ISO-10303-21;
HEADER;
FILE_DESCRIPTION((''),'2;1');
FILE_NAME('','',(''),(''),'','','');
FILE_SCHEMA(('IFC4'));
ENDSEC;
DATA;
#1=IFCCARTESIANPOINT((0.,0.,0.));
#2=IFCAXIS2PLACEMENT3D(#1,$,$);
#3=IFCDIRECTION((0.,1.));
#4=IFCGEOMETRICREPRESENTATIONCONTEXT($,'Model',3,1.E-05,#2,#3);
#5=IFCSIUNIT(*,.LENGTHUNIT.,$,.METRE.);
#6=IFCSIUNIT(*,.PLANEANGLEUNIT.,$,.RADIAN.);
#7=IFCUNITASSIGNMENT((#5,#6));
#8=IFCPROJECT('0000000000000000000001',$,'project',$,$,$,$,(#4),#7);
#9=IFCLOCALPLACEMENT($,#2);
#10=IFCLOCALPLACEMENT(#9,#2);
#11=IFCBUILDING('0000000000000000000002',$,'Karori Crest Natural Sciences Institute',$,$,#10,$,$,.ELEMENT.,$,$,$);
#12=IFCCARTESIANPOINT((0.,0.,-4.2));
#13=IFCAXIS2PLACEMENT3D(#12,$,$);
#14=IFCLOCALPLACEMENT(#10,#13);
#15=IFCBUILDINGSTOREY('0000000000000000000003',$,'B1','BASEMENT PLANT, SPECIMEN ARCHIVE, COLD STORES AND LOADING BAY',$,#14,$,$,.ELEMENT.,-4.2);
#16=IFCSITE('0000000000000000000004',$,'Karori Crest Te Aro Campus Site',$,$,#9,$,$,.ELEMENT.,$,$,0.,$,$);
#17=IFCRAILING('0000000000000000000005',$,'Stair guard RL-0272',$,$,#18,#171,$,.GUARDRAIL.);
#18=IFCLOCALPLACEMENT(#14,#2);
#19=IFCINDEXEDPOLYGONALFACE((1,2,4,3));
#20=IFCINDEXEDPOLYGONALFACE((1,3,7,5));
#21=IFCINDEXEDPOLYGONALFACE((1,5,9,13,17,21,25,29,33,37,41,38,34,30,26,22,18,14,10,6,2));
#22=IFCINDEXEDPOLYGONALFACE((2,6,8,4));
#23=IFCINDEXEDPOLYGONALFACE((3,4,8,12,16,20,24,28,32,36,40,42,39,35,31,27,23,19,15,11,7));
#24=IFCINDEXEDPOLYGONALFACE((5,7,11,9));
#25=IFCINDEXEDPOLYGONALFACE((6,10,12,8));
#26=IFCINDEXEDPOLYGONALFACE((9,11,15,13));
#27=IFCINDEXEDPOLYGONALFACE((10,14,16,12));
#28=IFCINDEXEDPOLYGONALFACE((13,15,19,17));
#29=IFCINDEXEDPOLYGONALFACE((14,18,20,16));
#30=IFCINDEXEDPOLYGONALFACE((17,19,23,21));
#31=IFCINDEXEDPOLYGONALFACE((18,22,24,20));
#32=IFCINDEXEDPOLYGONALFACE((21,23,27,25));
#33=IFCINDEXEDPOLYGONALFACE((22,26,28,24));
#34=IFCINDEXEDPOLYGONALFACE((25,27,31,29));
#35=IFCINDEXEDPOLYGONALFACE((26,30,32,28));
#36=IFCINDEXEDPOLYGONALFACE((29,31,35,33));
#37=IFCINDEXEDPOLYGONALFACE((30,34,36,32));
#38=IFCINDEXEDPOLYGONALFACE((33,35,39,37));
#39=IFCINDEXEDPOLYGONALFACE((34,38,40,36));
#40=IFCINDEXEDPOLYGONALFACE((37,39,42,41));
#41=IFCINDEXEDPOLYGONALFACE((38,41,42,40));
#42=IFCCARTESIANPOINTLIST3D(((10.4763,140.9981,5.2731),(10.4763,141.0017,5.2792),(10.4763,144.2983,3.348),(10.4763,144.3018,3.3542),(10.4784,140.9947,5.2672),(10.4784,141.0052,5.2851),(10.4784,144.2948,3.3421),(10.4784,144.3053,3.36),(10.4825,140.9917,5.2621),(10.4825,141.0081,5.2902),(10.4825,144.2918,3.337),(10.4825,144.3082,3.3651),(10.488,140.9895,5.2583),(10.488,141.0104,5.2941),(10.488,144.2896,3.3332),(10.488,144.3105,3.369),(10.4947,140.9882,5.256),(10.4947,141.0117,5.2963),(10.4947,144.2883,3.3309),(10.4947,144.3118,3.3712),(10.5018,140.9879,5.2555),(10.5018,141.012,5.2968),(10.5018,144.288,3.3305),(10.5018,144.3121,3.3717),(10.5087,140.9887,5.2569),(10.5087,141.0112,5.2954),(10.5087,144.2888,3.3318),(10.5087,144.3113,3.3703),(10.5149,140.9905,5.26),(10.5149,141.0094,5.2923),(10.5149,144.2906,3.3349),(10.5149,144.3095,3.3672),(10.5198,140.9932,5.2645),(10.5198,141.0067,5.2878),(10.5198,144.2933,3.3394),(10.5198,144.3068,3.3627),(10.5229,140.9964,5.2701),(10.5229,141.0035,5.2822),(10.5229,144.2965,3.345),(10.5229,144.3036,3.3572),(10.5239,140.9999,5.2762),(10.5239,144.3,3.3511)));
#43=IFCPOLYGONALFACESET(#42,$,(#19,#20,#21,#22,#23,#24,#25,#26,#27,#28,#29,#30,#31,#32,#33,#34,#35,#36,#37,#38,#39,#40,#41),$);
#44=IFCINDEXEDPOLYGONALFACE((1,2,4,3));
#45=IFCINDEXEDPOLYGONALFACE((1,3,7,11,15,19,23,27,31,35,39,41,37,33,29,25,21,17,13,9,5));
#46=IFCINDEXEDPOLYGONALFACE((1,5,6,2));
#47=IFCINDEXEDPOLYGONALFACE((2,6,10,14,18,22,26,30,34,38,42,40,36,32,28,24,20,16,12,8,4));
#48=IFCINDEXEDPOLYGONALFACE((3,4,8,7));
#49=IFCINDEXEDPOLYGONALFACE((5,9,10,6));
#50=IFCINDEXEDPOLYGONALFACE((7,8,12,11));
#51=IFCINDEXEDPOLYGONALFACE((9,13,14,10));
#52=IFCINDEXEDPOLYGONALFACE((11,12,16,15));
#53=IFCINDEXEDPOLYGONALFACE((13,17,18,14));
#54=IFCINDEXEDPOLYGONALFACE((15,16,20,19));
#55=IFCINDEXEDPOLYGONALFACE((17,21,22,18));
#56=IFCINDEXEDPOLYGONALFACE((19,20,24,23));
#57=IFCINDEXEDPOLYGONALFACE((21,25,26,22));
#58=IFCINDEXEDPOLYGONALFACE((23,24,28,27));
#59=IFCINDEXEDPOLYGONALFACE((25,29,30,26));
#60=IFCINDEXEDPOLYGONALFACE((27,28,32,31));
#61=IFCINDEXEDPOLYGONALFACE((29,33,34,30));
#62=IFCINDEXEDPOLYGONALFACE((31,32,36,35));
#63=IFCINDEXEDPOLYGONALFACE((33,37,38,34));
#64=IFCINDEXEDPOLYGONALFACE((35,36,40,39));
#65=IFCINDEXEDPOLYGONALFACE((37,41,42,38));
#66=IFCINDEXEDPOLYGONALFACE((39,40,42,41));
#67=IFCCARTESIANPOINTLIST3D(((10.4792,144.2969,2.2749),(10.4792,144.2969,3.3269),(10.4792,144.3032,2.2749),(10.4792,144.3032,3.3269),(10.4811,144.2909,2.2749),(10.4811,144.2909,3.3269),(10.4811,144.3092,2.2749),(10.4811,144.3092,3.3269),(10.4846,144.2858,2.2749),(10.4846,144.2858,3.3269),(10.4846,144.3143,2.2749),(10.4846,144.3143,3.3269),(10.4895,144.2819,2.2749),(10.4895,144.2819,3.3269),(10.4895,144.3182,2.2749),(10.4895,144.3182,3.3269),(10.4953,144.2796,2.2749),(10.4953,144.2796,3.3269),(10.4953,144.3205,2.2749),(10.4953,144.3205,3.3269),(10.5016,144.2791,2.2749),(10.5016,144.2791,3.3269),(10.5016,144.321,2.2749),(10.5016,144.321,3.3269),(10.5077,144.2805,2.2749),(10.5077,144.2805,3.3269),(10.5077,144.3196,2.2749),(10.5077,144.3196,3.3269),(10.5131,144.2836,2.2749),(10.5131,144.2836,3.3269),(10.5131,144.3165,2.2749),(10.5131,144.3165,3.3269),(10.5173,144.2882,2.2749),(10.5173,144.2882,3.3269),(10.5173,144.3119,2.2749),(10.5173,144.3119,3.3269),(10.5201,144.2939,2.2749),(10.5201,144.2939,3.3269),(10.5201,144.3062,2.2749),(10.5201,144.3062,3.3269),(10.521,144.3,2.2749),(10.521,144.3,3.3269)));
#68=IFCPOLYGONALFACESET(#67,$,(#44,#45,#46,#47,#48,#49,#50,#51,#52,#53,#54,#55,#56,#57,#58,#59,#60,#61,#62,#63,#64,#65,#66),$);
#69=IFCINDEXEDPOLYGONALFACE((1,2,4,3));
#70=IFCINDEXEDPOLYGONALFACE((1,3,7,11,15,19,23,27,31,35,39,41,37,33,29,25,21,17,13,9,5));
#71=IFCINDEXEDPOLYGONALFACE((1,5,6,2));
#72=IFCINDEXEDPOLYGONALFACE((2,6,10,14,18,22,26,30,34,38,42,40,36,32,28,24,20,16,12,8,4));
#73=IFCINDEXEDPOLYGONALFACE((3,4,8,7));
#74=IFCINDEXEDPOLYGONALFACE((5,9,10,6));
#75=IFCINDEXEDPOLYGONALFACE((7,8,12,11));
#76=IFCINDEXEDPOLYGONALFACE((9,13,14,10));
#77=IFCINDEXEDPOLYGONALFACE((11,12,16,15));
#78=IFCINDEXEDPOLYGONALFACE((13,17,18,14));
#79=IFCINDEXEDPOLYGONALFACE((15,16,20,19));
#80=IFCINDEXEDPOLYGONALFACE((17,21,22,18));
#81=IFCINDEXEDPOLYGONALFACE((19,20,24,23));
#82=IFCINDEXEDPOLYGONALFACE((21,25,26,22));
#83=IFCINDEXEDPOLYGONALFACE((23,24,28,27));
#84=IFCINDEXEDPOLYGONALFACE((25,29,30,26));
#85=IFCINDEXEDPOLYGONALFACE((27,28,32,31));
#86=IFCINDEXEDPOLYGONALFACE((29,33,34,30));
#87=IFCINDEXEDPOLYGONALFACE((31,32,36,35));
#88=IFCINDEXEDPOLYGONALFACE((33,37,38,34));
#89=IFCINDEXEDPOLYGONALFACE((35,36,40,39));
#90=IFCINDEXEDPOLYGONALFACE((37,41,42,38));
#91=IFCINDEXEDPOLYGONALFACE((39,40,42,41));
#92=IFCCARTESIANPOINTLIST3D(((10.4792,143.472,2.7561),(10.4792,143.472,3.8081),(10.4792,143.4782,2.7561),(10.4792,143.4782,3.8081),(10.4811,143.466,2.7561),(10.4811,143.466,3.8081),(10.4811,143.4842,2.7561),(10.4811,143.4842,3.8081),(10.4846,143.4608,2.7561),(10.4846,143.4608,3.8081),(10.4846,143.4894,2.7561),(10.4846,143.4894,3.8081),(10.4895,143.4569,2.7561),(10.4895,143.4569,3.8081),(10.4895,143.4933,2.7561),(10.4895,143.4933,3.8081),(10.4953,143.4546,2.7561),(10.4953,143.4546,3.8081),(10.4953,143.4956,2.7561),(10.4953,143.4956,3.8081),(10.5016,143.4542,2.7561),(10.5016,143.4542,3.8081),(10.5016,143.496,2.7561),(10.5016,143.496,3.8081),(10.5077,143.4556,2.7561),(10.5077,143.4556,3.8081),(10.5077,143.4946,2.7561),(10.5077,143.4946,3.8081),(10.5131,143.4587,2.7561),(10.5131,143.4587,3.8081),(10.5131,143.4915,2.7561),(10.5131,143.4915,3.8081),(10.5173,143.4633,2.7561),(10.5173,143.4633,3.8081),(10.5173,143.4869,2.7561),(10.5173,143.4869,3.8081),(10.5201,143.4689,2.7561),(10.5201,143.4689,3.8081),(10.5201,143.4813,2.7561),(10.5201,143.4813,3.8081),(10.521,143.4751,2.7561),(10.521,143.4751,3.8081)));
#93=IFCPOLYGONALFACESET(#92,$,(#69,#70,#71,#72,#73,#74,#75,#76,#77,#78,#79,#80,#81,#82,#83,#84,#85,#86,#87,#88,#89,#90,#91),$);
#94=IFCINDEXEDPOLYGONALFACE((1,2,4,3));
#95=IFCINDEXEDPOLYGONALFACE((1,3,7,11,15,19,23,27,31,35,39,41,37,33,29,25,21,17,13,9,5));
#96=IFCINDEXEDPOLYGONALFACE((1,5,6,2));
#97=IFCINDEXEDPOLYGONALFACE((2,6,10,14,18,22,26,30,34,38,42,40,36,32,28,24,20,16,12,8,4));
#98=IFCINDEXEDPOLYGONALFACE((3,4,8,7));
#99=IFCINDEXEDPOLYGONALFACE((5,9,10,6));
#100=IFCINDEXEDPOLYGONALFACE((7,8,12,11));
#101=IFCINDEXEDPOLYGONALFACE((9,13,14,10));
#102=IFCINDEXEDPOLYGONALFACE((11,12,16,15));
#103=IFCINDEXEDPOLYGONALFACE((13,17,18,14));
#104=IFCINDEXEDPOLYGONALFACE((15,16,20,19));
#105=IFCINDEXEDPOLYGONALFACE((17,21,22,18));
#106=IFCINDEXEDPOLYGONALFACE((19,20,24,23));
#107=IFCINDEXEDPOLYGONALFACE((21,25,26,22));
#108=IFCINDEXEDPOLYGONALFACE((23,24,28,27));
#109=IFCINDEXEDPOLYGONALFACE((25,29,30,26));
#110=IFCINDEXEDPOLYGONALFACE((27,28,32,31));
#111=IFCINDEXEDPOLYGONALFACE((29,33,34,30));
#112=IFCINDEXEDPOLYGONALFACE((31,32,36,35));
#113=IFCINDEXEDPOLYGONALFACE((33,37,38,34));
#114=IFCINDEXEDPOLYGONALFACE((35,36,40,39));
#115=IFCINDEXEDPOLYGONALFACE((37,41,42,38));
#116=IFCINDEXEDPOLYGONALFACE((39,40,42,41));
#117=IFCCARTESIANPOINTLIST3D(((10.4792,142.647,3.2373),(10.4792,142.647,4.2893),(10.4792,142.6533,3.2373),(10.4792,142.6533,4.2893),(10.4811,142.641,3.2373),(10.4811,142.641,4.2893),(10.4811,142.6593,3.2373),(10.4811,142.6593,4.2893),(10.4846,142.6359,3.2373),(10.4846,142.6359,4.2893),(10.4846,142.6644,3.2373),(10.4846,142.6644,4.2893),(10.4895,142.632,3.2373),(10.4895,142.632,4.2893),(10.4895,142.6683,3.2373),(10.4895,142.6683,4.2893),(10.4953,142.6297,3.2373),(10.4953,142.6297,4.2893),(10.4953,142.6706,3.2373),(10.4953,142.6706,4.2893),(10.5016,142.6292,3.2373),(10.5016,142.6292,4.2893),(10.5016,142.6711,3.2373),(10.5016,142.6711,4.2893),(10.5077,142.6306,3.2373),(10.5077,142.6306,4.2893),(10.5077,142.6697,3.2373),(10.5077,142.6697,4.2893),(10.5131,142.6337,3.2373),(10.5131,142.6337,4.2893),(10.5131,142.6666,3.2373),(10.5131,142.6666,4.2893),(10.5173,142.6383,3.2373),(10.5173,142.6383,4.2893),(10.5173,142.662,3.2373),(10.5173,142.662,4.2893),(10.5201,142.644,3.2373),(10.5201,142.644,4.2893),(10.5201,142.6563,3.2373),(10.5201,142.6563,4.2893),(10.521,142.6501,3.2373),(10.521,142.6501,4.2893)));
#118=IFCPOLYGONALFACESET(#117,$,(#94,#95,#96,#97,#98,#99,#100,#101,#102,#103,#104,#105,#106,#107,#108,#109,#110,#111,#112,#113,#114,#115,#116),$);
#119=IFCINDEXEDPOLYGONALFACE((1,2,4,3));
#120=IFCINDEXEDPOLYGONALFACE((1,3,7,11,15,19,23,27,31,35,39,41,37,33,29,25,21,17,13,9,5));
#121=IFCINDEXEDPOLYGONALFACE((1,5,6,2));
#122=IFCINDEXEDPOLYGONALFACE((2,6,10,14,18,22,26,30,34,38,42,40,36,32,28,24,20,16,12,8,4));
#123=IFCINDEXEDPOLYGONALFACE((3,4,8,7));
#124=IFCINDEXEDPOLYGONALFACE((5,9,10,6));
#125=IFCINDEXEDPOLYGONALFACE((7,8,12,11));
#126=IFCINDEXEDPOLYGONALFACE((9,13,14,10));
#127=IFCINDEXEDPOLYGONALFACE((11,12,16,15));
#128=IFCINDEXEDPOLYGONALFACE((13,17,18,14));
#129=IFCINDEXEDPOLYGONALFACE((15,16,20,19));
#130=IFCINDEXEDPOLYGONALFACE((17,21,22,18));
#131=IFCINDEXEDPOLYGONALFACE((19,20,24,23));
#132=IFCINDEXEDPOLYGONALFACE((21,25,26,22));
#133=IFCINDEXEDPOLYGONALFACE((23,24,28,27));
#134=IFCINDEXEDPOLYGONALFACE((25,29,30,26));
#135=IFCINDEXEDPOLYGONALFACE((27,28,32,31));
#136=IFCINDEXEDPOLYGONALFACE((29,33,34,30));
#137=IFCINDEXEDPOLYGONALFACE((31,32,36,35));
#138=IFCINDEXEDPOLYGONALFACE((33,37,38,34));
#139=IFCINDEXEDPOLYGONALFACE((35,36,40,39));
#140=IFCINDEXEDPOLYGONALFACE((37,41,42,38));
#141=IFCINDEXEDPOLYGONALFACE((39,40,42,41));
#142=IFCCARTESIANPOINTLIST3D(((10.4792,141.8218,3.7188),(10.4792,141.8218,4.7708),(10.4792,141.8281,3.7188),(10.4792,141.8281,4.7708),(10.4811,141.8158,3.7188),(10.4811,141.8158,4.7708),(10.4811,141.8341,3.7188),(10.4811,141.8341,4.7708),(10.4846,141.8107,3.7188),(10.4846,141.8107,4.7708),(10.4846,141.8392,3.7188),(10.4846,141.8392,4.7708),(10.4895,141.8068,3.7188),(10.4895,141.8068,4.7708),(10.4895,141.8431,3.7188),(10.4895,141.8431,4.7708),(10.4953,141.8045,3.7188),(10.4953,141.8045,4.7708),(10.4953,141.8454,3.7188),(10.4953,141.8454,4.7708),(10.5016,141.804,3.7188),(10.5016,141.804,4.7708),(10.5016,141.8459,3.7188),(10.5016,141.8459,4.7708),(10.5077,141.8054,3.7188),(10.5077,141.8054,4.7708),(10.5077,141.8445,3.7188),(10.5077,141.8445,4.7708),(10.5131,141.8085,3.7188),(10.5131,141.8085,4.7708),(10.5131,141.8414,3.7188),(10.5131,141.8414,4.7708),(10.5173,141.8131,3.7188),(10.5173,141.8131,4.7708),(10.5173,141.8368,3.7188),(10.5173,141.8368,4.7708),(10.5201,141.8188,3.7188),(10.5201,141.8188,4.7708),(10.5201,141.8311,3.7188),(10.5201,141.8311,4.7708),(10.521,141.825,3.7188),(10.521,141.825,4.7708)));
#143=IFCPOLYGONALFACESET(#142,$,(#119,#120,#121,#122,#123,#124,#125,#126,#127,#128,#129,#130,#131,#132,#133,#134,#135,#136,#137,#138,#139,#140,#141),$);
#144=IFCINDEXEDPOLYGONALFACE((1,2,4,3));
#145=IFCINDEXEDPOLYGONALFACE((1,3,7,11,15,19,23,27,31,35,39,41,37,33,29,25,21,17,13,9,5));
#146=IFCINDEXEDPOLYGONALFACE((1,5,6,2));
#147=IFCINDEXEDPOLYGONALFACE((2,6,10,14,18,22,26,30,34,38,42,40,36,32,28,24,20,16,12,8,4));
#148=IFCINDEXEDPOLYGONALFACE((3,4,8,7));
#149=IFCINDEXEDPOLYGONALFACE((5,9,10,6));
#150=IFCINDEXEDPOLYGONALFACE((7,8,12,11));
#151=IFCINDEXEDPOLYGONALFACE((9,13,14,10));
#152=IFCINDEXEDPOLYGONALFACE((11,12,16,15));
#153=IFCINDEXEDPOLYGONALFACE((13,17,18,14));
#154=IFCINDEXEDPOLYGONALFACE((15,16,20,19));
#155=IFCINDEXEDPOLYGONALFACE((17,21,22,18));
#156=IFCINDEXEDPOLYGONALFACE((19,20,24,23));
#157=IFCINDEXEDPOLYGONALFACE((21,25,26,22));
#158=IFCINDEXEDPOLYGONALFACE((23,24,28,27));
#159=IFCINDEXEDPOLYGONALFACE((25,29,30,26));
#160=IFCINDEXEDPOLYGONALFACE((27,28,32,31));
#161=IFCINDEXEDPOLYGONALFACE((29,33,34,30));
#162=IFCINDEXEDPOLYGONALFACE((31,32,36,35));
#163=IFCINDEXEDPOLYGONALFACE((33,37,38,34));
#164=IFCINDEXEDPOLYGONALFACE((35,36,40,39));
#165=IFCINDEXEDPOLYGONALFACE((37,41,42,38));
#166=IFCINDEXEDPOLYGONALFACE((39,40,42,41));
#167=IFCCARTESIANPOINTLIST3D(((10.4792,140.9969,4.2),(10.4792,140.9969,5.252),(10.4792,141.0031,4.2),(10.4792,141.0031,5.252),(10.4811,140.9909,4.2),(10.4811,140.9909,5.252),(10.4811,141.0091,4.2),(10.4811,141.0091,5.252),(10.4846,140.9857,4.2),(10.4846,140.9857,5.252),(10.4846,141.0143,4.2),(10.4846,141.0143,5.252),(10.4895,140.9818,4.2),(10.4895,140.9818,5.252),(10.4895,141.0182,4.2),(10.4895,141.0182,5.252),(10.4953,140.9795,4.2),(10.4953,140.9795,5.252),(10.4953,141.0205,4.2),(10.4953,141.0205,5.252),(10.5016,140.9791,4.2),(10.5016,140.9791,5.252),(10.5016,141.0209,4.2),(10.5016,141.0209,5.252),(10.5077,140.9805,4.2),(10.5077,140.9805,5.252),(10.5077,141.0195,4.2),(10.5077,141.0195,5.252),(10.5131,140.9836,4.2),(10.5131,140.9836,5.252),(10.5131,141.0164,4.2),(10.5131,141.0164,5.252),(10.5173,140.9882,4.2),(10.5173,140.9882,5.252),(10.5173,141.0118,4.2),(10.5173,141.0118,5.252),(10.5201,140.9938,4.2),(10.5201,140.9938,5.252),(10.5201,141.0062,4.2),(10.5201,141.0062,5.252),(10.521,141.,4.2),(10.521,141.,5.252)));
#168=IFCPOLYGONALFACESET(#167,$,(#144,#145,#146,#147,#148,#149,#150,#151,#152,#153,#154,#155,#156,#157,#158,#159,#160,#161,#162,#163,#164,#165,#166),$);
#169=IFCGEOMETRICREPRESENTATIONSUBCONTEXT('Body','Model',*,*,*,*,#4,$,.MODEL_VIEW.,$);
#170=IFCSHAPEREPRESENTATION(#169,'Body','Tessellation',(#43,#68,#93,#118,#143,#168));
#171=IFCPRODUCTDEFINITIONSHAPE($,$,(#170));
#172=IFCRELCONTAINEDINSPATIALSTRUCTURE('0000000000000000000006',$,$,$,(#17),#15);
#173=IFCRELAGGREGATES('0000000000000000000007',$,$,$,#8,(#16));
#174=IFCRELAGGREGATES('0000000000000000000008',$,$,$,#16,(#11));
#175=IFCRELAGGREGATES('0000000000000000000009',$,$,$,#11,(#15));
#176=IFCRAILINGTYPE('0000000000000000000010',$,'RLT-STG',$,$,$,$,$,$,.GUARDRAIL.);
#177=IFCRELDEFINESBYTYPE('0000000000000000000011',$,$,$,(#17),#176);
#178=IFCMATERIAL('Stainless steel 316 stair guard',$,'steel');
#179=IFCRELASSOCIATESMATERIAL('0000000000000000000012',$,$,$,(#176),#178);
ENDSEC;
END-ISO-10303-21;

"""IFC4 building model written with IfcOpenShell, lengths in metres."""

from ifc_helpers import new_model, si_unit, direction, frame, origin, origin_2d, place, context, subcontext, project, spatial, circle, extrude, material, type_object, element, save


model = new_model("IFC4")

# Units and contexts
model_context = context("Model", 3, precision=1e-05, world=origin(), true_north=direction((0.0, 1.0)))
body_context = subcontext(model_context, "Body", "Model", "MODEL_VIEW")
ifc_project = project(units=[si_unit("LENGTHUNIT", "METRE"), si_unit("PLANEANGLEUNIT", "RADIAN")], contexts=[model_context])

# Site, building, storey
site_placement = place(None, origin())
site = spatial("IfcSite", under=ifc_project, at=site_placement, Name="Karori Crest Te Aro Campus Site", CompositionType="ELEMENT", RefElevation=0.0)
building_placement = place(site_placement, origin())
building = spatial("IfcBuilding", under=site, at=building_placement, Name="Karori Crest Natural Sciences Institute", CompositionType="ELEMENT")
storey_placement = place(building_placement, frame((0.0, 0.0, -4.2)))
storey = spatial("IfcBuildingStorey", under=building, at=storey_placement, Name="B1", Description="BASEMENT PLANT, SPECIMEN ARCHIVE, COLD STORES AND LOADING BAY", CompositionType="ELEMENT", Elevation=-4.2)

# Railing
ifc_material_1 = material(Name="Stainless steel 316 stair guard", Category="steel")
railing_type_1 = type_object("IfcRailingType", Name="RLT-STG", PredefinedType="GUARDRAIL", material=ifc_material_1)
railing_1_placement = place(storey_placement, frame((10.5, 144.3, 2.2749)))
element("IfcRailing", 1, at=railing_1_placement, inside=storey, type_object=railing_type_1, Name="Stair guard RL-0272", PredefinedType="GUARDRAIL", context=body_context, shape_type="SweptSolid", body=[
    extrude(circle(Radius=0.0239, at=origin_2d()), frame((0.0, 0.0, 1.0762), z_axis=(0.0, -0.863777, 0.503875), x_axis=(1.0, 0.0, 0.0)), (0.0, 0.0, 1.0), 3.8206),
    extrude(circle(Radius=0.021, at=origin_2d()), origin(), (0.0, 0.0, 1.0), 1.052),
    extrude(circle(Radius=0.021, at=origin_2d()), frame((0.0, -0.825, 0.4812)), (0.0, 0.0, 1.0), 1.052),
    extrude(circle(Radius=0.021, at=origin_2d()), frame((0.0, -1.6499, 0.9624)), (0.0, 0.0, 1.0), 1.052),
    extrude(circle(Radius=0.021, at=origin_2d()), frame((0.0, -2.4751, 1.4438)), (0.0, 0.0, 1.0), 1.052),
    extrude(circle(Radius=0.021, at=origin_2d()), frame((0.0, -3.3, 1.925)), (0.0, 0.0, 1.0), 1.052),
])

save(model, "model.ifc")
